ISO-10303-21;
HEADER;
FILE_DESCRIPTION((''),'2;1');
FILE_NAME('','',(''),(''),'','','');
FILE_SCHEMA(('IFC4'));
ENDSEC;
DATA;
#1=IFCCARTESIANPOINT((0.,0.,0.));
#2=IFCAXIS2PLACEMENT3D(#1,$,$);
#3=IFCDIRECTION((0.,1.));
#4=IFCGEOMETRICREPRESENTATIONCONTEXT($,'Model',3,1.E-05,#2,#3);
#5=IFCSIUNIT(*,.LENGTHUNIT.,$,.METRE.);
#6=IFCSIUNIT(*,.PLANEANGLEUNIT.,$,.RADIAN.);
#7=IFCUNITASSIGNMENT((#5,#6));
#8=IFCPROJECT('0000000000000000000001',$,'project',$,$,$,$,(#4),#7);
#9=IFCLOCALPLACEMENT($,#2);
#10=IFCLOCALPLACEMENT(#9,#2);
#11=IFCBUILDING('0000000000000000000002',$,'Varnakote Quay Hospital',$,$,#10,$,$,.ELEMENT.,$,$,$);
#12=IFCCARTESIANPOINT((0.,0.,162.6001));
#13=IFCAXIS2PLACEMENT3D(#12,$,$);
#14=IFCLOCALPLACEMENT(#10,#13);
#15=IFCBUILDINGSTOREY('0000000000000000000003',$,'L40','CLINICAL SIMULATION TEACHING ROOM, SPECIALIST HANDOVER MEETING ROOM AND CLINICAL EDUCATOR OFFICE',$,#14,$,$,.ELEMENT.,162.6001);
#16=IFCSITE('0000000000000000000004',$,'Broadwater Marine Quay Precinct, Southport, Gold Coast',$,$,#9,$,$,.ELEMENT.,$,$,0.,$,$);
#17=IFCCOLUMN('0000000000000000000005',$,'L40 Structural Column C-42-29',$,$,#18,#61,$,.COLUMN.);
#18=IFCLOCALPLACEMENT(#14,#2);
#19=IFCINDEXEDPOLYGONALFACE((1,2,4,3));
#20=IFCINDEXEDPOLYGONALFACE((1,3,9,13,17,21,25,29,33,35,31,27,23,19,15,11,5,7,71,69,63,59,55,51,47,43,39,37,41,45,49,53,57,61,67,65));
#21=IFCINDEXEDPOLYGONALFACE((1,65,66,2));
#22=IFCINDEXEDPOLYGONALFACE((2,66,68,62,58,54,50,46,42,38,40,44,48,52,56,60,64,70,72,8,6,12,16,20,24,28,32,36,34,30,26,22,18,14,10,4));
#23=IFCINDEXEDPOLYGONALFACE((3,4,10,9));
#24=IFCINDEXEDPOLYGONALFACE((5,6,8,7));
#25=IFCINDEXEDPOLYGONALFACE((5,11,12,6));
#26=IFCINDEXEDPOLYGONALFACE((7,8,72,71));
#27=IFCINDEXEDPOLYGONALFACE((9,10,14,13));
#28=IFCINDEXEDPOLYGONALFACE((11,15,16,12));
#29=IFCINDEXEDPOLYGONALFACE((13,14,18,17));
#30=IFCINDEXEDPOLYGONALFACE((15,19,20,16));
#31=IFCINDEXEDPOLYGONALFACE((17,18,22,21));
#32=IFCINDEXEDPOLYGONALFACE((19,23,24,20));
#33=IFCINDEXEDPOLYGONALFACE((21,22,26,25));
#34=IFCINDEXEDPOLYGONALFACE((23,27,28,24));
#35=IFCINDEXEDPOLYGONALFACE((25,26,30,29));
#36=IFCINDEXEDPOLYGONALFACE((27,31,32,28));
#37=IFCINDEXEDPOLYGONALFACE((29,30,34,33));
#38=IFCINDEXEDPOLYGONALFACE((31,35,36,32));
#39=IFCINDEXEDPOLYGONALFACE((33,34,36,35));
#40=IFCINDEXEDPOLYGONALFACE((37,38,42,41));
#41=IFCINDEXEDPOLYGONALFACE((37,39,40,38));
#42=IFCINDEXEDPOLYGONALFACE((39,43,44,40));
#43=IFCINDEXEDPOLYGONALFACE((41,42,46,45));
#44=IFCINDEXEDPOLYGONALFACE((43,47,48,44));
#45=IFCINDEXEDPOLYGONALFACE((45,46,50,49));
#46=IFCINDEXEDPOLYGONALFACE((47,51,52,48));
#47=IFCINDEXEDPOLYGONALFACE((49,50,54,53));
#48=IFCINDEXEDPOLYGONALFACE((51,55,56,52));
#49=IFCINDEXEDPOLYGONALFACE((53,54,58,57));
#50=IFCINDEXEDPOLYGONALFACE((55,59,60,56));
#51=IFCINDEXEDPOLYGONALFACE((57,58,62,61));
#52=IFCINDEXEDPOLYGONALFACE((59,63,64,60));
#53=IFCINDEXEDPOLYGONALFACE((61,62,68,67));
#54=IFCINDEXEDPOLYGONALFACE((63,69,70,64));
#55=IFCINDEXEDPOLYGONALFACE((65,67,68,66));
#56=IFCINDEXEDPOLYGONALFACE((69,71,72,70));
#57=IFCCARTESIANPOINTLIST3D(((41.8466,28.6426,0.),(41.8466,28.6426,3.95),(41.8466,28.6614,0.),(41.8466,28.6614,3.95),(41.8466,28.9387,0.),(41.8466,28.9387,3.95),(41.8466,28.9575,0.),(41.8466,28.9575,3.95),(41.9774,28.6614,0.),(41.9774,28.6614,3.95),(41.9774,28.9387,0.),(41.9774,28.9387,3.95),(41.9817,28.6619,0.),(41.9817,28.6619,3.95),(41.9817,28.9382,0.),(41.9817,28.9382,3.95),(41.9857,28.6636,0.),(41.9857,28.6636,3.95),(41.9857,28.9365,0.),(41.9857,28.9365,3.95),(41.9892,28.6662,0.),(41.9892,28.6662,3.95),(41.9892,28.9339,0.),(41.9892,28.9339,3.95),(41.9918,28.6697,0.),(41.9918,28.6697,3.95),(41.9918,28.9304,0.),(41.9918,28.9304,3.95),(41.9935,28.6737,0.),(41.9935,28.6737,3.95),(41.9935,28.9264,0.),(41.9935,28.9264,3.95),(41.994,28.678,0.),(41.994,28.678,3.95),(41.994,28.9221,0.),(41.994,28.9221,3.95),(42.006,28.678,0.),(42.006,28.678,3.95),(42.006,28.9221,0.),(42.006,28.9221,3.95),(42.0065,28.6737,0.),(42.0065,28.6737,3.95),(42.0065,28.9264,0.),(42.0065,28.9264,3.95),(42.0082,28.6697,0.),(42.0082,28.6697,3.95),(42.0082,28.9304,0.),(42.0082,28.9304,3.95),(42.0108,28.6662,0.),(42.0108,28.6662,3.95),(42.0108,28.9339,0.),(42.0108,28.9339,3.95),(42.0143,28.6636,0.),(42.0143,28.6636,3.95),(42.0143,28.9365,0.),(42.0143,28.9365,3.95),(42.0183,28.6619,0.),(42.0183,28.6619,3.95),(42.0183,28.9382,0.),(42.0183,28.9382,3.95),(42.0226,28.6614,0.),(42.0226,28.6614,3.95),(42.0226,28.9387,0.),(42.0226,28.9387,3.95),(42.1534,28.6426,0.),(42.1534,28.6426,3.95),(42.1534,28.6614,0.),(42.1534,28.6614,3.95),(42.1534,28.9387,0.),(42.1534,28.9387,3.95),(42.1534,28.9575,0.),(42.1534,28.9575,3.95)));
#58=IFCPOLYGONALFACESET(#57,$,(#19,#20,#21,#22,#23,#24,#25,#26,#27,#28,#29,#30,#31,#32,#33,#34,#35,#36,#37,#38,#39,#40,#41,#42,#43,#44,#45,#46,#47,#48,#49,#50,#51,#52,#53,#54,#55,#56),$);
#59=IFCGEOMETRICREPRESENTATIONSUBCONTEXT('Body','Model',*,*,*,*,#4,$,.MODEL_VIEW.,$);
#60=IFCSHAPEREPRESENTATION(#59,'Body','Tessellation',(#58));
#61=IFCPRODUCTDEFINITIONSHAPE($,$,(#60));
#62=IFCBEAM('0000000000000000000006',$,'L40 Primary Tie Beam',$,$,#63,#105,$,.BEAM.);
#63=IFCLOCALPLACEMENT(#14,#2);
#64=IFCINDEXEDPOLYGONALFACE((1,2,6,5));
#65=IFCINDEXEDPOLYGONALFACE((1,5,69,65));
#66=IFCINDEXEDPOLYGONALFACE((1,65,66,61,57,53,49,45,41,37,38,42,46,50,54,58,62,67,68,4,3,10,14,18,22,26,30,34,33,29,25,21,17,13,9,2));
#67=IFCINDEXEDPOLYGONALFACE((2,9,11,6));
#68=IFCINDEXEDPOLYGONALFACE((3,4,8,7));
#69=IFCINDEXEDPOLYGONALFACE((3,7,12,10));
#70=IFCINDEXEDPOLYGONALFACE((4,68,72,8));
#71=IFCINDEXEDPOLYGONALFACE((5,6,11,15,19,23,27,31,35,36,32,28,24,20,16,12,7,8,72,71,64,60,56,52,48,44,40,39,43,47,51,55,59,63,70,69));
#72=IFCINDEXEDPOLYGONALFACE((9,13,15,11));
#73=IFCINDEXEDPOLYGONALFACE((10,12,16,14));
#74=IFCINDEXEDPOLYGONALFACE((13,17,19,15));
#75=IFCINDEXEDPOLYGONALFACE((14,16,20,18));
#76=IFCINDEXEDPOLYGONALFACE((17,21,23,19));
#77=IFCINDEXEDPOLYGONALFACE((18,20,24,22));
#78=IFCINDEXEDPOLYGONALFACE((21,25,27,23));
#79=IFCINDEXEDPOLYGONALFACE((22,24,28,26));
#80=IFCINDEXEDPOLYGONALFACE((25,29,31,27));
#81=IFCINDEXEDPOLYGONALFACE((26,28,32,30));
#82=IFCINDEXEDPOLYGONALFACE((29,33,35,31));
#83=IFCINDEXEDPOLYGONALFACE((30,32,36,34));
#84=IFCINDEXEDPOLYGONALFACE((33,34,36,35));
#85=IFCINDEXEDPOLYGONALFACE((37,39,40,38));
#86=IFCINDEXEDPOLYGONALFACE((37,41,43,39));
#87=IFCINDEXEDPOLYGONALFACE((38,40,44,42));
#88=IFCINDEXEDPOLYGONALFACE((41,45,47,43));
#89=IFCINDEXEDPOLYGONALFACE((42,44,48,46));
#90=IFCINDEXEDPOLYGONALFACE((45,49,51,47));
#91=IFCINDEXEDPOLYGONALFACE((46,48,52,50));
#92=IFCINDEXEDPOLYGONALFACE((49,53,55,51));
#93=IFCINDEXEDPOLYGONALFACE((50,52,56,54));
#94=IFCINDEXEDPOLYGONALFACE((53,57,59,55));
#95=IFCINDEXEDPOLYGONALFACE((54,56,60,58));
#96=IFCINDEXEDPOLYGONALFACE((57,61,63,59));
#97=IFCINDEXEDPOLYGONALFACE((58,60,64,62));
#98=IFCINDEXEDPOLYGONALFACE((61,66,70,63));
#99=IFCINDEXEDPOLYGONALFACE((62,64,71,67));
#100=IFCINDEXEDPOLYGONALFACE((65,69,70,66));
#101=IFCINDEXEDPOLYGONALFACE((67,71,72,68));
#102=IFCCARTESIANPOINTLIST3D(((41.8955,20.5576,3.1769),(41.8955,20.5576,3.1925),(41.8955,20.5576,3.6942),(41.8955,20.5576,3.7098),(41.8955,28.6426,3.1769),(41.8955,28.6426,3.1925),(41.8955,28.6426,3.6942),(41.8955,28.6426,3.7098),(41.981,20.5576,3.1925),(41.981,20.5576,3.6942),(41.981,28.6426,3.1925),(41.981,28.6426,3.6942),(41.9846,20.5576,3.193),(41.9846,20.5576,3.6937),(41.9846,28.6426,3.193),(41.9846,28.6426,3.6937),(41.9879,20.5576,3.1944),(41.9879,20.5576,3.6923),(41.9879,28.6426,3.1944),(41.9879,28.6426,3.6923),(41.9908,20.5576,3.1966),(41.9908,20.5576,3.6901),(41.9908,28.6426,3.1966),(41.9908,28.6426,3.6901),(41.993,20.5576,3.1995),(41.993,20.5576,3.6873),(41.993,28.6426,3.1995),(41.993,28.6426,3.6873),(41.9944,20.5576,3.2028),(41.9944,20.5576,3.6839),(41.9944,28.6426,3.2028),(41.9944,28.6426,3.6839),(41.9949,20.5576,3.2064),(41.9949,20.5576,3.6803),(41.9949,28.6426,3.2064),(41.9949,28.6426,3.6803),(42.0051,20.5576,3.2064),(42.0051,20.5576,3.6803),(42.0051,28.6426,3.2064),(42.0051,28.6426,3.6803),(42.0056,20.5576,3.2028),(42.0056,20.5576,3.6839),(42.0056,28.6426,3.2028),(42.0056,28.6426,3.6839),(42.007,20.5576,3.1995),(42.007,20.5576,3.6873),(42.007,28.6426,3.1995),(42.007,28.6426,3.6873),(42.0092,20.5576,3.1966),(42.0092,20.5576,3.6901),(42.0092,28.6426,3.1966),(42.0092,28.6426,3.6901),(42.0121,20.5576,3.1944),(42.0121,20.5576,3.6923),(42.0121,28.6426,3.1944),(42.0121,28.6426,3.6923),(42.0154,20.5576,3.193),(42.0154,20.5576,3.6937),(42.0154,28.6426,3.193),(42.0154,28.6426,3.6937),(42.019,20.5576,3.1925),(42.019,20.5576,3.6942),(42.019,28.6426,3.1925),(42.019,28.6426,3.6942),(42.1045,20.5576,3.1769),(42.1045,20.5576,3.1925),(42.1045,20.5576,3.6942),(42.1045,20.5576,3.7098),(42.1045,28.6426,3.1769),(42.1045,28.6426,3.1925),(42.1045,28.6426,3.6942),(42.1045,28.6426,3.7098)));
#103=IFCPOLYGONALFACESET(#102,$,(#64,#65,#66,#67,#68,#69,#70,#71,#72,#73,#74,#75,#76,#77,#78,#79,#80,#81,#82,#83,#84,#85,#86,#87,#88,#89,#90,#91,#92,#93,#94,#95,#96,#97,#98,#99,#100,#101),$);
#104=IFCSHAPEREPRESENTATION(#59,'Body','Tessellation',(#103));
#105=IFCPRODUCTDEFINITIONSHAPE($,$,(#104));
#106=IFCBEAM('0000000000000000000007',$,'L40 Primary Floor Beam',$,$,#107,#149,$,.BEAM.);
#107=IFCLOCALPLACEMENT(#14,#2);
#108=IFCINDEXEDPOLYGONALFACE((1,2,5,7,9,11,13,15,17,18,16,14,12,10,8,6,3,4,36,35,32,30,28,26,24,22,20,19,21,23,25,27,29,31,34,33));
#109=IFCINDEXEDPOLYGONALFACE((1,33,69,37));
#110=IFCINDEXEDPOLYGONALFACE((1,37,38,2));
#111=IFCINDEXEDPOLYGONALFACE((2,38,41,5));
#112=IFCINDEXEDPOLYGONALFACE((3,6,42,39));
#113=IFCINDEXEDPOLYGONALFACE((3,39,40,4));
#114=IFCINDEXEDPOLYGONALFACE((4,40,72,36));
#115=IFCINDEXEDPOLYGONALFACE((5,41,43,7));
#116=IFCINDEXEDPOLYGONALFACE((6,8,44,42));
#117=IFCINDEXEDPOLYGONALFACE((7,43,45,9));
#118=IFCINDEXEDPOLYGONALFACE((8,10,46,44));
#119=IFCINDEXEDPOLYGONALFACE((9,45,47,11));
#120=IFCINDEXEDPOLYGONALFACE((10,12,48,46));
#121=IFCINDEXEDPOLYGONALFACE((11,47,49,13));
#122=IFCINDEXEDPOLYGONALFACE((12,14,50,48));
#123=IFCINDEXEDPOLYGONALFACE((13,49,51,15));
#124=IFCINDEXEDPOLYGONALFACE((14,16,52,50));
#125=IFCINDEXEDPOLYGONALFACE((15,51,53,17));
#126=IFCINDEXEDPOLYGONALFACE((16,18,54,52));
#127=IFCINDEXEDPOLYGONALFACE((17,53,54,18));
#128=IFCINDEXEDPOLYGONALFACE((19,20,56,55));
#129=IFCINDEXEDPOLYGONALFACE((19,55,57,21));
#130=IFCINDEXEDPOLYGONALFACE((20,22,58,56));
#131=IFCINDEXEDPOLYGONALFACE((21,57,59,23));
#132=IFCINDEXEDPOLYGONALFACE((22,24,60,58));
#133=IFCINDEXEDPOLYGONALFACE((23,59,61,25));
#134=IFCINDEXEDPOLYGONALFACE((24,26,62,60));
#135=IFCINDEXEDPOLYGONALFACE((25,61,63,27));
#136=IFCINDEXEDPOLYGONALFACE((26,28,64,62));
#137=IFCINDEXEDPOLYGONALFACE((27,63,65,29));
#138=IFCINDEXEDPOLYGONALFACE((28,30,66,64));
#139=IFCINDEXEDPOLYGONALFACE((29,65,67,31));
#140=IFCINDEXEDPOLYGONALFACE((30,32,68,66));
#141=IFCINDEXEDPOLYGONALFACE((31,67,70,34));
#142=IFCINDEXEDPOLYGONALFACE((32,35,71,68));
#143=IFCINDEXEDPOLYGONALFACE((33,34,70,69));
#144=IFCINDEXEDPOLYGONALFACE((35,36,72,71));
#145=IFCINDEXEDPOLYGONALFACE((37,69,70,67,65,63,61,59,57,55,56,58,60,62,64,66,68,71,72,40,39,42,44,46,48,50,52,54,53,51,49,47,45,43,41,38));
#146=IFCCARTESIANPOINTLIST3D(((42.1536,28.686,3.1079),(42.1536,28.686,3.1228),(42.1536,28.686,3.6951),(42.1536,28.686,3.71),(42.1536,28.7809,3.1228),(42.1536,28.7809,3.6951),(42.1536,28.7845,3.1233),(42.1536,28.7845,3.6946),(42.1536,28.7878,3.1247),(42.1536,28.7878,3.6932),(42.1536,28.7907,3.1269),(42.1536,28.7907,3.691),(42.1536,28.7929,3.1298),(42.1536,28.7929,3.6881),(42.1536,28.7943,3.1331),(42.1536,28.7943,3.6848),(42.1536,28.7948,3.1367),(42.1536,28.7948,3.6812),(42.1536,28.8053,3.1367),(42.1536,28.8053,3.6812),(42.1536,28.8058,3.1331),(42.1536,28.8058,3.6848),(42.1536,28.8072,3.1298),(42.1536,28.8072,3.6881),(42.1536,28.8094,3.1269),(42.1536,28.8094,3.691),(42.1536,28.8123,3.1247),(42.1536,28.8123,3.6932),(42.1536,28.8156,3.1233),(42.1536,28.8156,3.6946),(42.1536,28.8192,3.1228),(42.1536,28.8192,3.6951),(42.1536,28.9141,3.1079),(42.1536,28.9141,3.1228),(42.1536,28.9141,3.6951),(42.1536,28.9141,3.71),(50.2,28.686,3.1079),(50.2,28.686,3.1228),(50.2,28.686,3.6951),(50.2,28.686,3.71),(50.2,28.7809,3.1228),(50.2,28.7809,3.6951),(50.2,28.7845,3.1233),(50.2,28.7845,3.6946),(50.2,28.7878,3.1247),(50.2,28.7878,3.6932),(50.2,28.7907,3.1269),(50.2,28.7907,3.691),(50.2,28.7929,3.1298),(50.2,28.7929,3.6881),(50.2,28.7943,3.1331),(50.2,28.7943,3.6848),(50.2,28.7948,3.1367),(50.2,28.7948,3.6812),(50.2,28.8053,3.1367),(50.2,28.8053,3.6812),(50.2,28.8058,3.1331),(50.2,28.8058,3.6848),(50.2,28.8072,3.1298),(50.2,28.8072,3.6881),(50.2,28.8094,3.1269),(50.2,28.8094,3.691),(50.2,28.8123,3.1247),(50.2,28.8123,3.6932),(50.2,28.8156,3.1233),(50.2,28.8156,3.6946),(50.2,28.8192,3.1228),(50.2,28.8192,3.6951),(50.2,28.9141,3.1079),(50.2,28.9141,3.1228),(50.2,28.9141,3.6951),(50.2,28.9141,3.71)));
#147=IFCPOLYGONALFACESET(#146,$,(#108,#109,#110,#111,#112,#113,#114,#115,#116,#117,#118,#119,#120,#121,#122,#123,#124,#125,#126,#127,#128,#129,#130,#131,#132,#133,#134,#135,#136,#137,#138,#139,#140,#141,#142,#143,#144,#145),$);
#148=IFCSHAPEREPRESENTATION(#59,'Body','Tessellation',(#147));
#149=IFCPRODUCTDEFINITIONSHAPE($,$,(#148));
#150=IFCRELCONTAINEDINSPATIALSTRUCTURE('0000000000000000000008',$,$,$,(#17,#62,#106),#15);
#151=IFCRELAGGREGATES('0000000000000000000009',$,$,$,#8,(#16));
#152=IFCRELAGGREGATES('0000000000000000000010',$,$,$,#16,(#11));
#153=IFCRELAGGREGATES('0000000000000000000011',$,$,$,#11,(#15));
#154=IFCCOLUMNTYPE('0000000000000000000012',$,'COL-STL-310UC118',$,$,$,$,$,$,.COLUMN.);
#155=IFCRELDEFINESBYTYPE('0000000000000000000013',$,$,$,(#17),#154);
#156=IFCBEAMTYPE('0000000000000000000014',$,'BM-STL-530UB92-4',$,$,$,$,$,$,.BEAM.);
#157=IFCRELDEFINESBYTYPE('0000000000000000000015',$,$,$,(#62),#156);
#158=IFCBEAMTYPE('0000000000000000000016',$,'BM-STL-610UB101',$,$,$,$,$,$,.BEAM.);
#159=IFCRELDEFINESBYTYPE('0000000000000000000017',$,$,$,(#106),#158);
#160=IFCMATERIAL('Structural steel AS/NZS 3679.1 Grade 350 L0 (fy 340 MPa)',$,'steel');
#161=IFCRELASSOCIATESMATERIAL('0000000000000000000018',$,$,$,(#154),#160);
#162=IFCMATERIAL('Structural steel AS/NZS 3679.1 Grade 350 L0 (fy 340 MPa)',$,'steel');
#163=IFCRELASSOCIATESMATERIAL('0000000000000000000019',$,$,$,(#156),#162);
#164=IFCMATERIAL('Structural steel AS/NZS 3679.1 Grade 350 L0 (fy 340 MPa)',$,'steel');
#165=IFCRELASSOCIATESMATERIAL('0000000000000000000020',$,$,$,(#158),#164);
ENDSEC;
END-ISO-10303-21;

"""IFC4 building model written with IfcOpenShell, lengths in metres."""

from ifc_helpers import new_model, si_unit, direction, frame, origin, origin_2d, place, context, subcontext, project, spatial, i_section, extrude, material, material_profile, profile_set, type_object, element, save


model = new_model("IFC4")

# Units and contexts
model_context = context("Model", 3, precision=1e-05, world=origin(), true_north=direction((0.0, 1.0)))
body_context = subcontext(model_context, "Body", "Model", "MODEL_VIEW")
ifc_project = project(units=[si_unit("LENGTHUNIT", "METRE"), si_unit("PLANEANGLEUNIT", "RADIAN")], contexts=[model_context])

# Site, building, storey
site_placement = place(None, origin())
site = spatial("IfcSite", under=ifc_project, at=site_placement, Name="Broadwater Marine Quay Precinct, Southport, Gold Coast", CompositionType="ELEMENT", RefElevation=0.0)
building_placement = place(site_placement, origin())
building = spatial("IfcBuilding", under=site, at=building_placement, Name="Varnakote Quay Hospital", CompositionType="ELEMENT")
storey_placement = place(building_placement, frame((0.0, 0.0, 162.6001)))
storey = spatial("IfcBuildingStorey", under=building, at=storey_placement, Name="L40", Description="CLINICAL SIMULATION TEACHING ROOM, SPECIALIST HANDOVER MEETING ROOM AND CLINICAL EDUCATOR OFFICE", CompositionType="ELEMENT", Elevation=162.6001)

# Column
ifc_material_1 = material(Name="Structural steel AS/NZS 3679.1 Grade 350 L0 (fy 340 MPa)", Category="steel")
ifc_material_profile_1 = material_profile(ifc_material_1, i_section(OverallWidth=0.3069, OverallDepth=0.3149, WebThickness=0.012, FlangeThickness=0.0188, FilletRadius=0.0166, at=origin_2d()), Name="310UC118")
ifc_profile_set_1 = profile_set([ifc_material_profile_1], Name="Structural steel AS/NZS 3679.1 Grade 350 L0 (fy 340 MPa)")
column_type = type_object("IfcColumnType", Name="COL-STL-310UC118", PredefinedType="COLUMN", material=ifc_profile_set_1)
column_placement = place(storey_placement, frame((42.0, 28.8, 0.0), z_axis=(0.0, 0.0, 1.0), x_axis=(1.0, 0.0, 0.0)))
element("IfcColumn", 1, at=column_placement, inside=storey, type_object=column_type, Name="L40 Structural Column C-42-29", PredefinedType="COLUMN", context=body_context, shape_type="SweptSolid", body=[
    extrude(i_section(OverallWidth=0.3069, OverallDepth=0.3149, WebThickness=0.012, FlangeThickness=0.0188, FilletRadius=0.0166, at=origin_2d()), origin(), (0.0, 0.0, 1.0), 3.95),
])

# Beams
ifc_material_2 = material(Name="Structural steel AS/NZS 3679.1 Grade 350 L0 (fy 340 MPa)", Category="steel")
ifc_material_profile_2 = material_profile(ifc_material_2, i_section(OverallWidth=0.209, OverallDepth=0.533, WebThickness=0.0103, FlangeThickness=0.0156, FilletRadius=0.0139, at=origin_2d()), Name="530UB92.4")
ifc_profile_set_2 = profile_set([ifc_material_profile_2], Name="Structural steel AS/NZS 3679.1 Grade 350 L0 (fy 340 MPa)")
beam_type_1 = type_object("IfcBeamType", Name="BM-STL-530UB92-4", PredefinedType="BEAM", material=ifc_profile_set_2)
beam_1_placement = place(storey_placement, frame((42.0, 20.5576, 3.4434), z_axis=(0.0, 1.0, 0.0), x_axis=(-1.0, 0.0, 0.0)))
element("IfcBeam", 2, at=beam_1_placement, inside=storey, type_object=beam_type_1, Name="L40 Primary Tie Beam", PredefinedType="BEAM", context=body_context, shape_type="SweptSolid", body=[
    extrude(i_section(OverallWidth=0.209, OverallDepth=0.533, WebThickness=0.0103, FlangeThickness=0.0156, FilletRadius=0.0139, at=origin_2d()), origin(), (0.0, 0.0, 1.0), 8.085),
])
ifc_material_3 = material(Name="Structural steel AS/NZS 3679.1 Grade 350 L0 (fy 340 MPa)", Category="steel")
ifc_material_profile_3 = material_profile(ifc_material_3, i_section(OverallWidth=0.228, OverallDepth=0.6021, WebThickness=0.0105, FlangeThickness=0.0149, FilletRadius=0.0139, at=origin_2d()), Name="610UB101")
ifc_profile_set_3 = profile_set([ifc_material_profile_3], Name="Structural steel AS/NZS 3679.1 Grade 350 L0 (fy 340 MPa)")
beam_type_2 = type_object("IfcBeamType", Name="BM-STL-610UB101", PredefinedType="BEAM", material=ifc_profile_set_3)
beam_2_placement = place(storey_placement, frame((42.1536, 28.8, 3.4089), z_axis=(1.0, 0.0, 0.0), x_axis=(0.0, 1.0, 0.0)))
element("IfcBeam", 3, at=beam_2_placement, inside=storey, type_object=beam_type_2, Name="L40 Primary Floor Beam", PredefinedType="BEAM", context=body_context, shape_type="SweptSolid", body=[
    extrude(i_section(OverallWidth=0.228, OverallDepth=0.6021, WebThickness=0.0105, FlangeThickness=0.0149, FilletRadius=0.0139, at=origin_2d()), origin(), (0.0, 0.0, 1.0), 8.0464),
])

save(model, "model.ifc")
